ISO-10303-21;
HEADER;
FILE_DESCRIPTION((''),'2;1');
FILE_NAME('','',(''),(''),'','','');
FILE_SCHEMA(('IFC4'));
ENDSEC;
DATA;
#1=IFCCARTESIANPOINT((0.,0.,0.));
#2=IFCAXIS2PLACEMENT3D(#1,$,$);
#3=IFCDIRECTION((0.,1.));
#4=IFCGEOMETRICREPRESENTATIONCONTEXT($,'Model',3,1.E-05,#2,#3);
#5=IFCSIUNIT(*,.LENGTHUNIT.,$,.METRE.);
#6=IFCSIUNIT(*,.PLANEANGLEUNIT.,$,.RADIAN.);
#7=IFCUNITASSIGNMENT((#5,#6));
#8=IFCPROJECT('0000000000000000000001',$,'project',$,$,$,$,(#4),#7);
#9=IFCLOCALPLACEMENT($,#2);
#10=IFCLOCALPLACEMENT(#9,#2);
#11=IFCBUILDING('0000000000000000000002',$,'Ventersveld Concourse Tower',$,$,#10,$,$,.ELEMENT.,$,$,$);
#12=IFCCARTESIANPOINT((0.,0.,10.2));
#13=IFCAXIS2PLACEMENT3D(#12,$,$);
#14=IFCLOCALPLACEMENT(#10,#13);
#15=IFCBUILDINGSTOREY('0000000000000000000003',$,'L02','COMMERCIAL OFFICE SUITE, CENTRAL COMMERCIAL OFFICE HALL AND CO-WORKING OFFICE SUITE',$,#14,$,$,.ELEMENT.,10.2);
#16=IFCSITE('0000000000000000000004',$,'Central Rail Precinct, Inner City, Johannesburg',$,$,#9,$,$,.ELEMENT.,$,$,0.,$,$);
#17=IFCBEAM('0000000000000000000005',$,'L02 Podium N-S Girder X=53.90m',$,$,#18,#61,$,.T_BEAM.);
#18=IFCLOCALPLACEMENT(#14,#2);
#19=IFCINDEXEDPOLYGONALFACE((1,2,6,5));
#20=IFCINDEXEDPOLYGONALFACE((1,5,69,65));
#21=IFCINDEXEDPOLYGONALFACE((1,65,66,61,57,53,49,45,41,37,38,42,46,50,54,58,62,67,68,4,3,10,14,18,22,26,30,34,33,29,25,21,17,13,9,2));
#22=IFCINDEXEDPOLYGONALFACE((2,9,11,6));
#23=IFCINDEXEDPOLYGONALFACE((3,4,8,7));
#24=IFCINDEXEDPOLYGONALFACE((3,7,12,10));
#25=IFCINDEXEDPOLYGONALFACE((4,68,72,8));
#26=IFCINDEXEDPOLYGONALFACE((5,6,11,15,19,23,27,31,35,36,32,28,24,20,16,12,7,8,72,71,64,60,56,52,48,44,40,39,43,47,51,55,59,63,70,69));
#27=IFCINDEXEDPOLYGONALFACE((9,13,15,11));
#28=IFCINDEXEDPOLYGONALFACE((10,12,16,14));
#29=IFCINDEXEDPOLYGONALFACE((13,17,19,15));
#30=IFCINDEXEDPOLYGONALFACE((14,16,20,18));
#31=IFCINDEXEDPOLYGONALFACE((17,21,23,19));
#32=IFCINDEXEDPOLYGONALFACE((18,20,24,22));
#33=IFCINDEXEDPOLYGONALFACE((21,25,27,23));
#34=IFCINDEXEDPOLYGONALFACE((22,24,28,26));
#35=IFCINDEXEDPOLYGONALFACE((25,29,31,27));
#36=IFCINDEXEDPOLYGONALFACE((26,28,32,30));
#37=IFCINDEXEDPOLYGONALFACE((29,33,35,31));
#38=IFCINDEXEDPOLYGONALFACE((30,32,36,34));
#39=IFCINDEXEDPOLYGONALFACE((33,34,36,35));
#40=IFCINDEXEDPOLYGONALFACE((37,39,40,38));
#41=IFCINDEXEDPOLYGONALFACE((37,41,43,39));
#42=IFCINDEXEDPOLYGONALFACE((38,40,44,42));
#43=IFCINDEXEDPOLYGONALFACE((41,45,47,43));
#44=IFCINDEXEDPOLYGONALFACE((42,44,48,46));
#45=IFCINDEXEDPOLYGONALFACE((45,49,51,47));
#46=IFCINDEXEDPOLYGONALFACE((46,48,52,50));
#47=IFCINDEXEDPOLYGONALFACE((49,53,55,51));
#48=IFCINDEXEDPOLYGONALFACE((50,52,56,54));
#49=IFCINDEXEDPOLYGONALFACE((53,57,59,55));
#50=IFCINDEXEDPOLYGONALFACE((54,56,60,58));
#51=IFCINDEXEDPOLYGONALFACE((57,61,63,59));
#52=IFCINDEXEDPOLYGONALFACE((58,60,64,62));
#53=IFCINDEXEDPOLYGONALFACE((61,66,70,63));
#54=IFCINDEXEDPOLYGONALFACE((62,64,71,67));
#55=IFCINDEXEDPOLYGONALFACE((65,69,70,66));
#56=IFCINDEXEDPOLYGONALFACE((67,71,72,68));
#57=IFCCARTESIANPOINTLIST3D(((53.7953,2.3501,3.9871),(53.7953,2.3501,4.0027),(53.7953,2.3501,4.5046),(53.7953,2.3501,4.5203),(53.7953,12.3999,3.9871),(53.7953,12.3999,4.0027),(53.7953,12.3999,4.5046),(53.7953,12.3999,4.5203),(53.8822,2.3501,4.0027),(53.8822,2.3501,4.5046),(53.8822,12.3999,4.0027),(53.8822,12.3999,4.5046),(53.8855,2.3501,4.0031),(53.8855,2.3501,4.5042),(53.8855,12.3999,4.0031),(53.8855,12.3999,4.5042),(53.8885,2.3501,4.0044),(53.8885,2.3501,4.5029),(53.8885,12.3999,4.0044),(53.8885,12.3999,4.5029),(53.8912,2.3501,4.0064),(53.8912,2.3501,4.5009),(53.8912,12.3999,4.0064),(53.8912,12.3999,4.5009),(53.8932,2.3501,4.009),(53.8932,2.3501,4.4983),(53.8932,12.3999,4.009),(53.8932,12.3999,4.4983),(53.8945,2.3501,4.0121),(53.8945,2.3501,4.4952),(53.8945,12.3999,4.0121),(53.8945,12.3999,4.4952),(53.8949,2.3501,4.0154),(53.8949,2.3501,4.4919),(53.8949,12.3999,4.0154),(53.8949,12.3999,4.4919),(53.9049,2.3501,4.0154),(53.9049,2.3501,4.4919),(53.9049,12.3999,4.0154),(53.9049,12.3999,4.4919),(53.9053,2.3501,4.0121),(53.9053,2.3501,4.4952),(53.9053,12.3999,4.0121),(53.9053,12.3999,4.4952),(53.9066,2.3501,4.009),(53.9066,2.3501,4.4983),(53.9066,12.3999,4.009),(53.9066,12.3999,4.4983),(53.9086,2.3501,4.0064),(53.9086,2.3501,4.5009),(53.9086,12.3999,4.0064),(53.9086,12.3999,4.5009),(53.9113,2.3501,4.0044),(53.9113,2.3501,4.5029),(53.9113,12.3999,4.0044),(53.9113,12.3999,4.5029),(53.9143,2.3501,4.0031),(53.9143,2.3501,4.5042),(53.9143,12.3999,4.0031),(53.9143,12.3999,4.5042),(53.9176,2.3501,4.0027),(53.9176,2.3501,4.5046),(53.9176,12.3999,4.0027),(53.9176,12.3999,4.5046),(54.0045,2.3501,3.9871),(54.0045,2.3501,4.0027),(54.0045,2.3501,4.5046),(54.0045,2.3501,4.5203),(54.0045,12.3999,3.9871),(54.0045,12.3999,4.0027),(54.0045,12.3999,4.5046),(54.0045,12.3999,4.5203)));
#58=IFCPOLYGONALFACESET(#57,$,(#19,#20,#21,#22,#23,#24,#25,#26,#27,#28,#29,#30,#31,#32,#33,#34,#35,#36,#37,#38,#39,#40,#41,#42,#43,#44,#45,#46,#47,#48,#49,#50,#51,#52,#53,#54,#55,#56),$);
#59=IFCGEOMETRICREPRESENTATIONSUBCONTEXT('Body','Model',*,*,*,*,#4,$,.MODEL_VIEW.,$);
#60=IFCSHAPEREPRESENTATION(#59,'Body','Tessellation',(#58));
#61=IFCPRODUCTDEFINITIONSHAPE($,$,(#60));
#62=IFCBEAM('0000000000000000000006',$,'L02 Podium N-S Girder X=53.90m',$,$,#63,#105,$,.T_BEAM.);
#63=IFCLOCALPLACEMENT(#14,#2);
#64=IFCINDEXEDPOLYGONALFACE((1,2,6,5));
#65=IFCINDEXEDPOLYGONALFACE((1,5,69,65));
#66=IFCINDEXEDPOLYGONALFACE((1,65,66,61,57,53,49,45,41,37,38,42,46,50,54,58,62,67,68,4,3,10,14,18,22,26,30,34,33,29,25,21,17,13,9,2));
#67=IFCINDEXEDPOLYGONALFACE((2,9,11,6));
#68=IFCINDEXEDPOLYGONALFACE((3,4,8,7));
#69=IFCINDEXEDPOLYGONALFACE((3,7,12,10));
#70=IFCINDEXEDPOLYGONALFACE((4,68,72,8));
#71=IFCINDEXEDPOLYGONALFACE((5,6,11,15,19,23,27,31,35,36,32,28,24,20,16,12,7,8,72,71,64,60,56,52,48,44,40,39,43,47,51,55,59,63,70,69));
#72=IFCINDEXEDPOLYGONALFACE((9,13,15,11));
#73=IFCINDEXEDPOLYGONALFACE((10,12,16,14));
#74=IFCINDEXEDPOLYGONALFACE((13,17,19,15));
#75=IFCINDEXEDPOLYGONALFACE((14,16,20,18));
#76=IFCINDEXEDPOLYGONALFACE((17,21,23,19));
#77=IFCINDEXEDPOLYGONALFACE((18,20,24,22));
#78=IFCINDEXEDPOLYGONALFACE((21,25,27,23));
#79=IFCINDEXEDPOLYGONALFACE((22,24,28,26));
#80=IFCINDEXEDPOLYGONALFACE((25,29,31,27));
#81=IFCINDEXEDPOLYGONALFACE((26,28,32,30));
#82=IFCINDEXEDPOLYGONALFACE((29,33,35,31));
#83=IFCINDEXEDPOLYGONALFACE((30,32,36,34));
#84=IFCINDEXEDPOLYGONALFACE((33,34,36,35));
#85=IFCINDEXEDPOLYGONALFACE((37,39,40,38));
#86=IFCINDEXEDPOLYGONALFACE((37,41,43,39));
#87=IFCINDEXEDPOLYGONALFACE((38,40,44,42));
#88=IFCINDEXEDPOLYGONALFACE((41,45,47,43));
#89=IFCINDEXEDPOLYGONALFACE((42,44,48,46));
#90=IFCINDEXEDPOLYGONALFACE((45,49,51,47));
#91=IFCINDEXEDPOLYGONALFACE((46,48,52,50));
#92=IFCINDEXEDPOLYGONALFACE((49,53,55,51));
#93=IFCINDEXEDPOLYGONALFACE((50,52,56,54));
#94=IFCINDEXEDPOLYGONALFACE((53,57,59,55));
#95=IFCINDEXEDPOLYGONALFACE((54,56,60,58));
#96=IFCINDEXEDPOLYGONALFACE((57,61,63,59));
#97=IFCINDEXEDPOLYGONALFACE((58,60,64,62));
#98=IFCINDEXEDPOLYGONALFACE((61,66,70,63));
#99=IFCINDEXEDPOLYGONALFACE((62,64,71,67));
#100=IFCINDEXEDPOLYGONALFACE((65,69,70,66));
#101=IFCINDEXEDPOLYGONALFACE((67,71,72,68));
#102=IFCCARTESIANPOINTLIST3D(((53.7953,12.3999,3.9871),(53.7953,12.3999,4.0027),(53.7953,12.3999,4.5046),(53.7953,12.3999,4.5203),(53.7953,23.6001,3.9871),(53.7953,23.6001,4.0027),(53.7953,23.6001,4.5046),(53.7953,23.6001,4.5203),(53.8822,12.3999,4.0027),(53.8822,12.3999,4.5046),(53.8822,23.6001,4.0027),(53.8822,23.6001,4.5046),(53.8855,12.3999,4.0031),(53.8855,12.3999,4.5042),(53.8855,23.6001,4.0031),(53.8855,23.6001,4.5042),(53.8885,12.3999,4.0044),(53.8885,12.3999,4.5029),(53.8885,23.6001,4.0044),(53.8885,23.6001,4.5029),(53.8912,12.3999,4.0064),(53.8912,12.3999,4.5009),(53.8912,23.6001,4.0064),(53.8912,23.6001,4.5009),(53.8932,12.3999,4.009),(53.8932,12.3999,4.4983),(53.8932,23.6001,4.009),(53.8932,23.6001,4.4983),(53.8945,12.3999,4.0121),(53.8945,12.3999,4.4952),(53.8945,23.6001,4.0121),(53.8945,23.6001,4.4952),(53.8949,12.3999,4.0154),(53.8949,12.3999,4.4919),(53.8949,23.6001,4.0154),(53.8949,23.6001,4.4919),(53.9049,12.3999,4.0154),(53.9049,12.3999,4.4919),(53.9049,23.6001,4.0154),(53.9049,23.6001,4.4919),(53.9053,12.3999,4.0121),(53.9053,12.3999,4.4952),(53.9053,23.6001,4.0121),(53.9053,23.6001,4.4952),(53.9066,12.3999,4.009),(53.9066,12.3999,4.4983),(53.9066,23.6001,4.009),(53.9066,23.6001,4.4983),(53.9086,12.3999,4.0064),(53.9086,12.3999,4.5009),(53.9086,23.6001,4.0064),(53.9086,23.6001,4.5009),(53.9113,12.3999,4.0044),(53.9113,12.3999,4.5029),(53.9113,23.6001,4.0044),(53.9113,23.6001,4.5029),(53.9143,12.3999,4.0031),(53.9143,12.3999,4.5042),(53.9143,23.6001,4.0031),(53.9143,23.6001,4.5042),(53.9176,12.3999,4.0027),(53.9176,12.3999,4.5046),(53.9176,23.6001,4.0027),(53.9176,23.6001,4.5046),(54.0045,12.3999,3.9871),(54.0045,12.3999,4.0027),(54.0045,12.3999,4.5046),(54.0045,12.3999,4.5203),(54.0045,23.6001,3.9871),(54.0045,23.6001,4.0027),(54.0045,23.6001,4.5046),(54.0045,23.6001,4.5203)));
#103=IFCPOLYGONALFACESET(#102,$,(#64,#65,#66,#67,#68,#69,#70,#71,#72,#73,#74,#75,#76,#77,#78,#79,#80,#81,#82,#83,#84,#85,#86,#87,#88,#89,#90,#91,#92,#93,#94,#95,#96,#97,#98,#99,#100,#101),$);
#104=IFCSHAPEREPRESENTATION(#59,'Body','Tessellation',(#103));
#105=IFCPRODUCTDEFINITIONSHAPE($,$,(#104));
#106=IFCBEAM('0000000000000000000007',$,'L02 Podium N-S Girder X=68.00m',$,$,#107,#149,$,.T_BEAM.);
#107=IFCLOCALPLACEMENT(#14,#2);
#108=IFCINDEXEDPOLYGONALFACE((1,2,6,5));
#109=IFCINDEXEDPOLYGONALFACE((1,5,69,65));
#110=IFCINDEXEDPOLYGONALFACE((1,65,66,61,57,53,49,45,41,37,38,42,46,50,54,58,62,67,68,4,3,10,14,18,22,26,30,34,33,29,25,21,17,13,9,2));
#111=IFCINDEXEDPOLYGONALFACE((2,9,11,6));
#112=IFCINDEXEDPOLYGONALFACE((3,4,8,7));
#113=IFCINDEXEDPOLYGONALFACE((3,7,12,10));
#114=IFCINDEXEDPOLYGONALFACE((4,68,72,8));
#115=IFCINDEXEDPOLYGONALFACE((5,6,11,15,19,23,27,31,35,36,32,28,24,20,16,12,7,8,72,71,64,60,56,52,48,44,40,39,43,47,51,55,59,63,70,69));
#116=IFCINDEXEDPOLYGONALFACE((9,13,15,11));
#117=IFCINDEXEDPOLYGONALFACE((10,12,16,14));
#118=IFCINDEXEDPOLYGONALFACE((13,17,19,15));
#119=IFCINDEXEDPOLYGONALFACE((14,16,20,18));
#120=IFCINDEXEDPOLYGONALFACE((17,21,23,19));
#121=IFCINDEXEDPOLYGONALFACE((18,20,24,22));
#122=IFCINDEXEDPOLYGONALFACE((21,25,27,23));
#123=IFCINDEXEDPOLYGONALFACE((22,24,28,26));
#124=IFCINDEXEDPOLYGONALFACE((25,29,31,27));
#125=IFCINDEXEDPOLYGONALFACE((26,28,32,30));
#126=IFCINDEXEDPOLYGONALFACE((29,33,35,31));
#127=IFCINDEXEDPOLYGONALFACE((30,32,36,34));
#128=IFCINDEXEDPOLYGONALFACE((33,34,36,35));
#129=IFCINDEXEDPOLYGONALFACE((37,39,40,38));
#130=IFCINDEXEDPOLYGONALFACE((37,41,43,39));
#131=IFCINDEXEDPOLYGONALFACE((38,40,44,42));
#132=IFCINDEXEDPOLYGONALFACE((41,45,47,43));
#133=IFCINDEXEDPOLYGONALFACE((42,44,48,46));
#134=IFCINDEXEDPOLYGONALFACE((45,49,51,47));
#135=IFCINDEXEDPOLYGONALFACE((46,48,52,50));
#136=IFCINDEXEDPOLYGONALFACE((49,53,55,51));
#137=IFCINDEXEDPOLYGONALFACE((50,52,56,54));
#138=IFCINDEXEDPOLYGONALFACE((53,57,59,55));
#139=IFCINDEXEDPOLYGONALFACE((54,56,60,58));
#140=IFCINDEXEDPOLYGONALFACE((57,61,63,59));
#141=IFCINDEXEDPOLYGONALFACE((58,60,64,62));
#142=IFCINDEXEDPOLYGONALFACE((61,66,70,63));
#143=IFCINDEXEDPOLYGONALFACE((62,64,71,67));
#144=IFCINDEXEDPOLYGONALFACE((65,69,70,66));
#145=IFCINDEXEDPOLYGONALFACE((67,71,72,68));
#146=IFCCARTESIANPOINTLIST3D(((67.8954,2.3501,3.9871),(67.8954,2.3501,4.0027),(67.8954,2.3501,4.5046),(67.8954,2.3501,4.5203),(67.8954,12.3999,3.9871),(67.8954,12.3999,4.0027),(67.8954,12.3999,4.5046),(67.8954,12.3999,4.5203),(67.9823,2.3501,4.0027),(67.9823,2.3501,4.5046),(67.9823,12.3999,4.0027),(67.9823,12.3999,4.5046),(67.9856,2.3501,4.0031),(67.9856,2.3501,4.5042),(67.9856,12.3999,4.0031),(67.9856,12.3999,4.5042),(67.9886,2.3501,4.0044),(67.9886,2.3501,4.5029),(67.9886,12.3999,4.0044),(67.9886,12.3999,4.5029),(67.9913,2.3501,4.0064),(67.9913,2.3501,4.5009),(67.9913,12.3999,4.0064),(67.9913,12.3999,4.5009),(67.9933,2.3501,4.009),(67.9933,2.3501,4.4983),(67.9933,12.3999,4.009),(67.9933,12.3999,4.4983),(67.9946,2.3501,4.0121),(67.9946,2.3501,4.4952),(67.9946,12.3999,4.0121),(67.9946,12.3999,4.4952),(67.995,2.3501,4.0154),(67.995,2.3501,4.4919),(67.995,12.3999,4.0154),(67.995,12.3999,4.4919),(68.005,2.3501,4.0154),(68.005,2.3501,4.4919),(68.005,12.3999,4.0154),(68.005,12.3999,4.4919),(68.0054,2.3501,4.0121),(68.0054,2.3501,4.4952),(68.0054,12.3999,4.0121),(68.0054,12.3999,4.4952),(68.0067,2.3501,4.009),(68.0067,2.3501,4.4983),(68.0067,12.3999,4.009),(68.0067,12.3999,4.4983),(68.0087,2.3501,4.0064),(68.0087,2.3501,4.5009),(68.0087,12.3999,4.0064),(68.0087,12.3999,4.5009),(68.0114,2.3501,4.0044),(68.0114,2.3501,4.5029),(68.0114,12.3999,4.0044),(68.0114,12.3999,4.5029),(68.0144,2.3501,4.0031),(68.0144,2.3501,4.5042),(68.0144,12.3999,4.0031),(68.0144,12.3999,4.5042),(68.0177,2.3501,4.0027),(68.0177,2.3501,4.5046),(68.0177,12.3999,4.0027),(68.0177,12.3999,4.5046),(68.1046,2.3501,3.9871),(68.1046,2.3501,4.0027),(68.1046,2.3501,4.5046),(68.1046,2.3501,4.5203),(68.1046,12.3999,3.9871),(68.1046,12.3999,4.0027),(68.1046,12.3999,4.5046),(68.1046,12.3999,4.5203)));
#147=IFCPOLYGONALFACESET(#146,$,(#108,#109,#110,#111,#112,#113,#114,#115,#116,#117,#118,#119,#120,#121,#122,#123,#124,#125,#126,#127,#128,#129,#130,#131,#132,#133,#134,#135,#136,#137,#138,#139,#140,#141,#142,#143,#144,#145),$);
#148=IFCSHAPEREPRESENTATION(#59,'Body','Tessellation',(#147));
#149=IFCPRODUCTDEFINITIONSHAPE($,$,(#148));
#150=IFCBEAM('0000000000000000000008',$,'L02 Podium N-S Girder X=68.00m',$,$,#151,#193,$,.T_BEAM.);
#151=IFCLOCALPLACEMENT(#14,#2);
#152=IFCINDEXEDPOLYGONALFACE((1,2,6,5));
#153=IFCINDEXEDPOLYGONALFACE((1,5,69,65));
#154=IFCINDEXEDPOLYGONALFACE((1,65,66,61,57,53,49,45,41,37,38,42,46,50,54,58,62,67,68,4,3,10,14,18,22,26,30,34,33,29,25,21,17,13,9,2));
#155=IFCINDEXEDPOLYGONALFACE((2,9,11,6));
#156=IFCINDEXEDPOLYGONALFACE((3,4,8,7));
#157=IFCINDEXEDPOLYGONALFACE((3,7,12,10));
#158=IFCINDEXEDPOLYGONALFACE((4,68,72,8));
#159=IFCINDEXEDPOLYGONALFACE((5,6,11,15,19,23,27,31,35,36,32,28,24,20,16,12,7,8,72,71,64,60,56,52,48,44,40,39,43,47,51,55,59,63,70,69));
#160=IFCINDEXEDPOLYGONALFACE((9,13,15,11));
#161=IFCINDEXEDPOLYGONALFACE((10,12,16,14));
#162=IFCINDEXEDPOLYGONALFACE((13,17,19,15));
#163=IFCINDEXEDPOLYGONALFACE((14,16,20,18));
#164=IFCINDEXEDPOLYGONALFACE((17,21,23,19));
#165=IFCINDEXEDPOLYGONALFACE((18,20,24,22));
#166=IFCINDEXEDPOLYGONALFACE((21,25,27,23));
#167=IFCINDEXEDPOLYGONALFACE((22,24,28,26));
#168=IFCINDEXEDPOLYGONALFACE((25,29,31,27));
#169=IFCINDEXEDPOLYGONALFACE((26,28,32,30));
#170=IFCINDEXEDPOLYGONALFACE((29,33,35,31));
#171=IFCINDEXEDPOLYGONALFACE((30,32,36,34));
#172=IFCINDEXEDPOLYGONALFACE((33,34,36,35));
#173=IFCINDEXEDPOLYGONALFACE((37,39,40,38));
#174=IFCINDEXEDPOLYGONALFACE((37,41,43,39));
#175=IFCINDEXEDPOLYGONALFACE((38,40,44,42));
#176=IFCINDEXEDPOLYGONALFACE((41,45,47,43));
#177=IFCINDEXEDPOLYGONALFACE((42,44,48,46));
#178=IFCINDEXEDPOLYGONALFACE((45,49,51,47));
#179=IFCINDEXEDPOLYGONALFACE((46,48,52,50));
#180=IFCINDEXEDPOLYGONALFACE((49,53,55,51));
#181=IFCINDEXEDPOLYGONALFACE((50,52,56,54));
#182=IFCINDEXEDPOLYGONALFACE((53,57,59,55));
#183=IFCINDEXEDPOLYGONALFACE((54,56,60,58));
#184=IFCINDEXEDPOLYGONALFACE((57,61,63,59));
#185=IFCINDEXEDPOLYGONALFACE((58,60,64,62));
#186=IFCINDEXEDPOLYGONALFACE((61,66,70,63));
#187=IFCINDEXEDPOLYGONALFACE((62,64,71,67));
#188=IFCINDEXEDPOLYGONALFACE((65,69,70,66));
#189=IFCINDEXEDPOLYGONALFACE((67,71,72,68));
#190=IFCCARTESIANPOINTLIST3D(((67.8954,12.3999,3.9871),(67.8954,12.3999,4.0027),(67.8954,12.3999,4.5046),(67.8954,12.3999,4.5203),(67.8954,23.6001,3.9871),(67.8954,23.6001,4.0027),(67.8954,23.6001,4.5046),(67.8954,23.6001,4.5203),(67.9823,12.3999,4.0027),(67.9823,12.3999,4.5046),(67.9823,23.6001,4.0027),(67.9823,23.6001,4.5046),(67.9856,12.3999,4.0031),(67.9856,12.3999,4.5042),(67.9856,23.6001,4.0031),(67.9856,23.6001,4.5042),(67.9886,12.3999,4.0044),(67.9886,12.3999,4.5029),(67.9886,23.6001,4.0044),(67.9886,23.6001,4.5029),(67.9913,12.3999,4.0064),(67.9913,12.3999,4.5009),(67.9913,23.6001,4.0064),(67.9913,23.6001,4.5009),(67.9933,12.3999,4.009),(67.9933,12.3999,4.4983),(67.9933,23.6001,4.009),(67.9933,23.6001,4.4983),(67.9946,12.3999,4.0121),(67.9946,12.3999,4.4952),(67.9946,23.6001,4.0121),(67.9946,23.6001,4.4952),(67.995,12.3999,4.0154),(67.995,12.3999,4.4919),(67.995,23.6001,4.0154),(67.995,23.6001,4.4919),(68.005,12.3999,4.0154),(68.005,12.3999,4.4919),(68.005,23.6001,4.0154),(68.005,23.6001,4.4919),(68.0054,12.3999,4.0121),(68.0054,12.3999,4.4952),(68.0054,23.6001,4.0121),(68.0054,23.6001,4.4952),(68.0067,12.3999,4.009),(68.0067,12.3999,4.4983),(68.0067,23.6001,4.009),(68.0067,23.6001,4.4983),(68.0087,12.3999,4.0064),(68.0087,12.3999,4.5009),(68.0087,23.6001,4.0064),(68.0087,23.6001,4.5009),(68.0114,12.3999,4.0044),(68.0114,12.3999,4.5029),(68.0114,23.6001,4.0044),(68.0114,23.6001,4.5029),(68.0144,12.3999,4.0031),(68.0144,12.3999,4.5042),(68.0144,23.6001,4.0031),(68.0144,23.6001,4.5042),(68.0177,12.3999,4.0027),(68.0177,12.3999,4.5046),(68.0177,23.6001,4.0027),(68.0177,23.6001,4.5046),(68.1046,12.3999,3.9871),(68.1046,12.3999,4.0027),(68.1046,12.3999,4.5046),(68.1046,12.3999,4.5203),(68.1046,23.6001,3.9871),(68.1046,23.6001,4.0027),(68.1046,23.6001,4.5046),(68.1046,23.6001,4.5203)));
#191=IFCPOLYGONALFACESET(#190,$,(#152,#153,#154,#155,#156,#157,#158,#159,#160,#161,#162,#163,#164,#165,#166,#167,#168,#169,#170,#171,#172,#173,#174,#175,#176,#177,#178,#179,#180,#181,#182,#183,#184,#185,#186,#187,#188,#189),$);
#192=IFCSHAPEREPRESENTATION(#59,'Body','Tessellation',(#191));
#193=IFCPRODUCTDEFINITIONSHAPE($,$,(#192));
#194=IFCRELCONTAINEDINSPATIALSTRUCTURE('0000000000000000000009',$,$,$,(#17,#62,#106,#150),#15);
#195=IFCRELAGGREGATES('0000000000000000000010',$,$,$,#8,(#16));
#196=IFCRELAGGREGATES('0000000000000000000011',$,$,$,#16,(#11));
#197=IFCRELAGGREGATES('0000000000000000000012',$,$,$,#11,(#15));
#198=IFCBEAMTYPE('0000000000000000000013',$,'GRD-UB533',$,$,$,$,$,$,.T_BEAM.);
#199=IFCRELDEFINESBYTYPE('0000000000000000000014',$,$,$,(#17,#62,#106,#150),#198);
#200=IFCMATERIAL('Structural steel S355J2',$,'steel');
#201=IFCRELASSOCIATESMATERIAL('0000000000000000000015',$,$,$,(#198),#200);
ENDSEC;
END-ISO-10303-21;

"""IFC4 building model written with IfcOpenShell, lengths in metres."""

from ifc_helpers import new_model, si_unit, direction, frame, origin, origin_2d, place, context, subcontext, project, spatial, i_section, extrude, material, material_profile, profile_set, type_object, element, save


model = new_model("IFC4")

# Units and contexts
model_context = context("Model", 3, precision=1e-05, world=origin(), true_north=direction((0.0, 1.0)))
body_context = subcontext(model_context, "Body", "Model", "MODEL_VIEW")
ifc_project = project(units=[si_unit("LENGTHUNIT", "METRE"), si_unit("PLANEANGLEUNIT", "RADIAN")], contexts=[model_context])

# Site, building, storey
site_placement = place(None, origin())
site = spatial("IfcSite", under=ifc_project, at=site_placement, Name="Central Rail Precinct, Inner City, Johannesburg", CompositionType="ELEMENT", RefElevation=0.0)
building_placement = place(site_placement, origin())
building = spatial("IfcBuilding", under=site, at=building_placement, Name="Ventersveld Concourse Tower", CompositionType="ELEMENT")
storey_placement = place(building_placement, frame((0.0, 0.0, 10.2)))
storey = spatial("IfcBuildingStorey", under=building, at=storey_placement, Name="L02", Description="COMMERCIAL OFFICE SUITE, CENTRAL COMMERCIAL OFFICE HALL AND CO-WORKING OFFICE SUITE", CompositionType="ELEMENT", Elevation=10.2)

# Beams
ifc_material_1 = material(Name="Structural steel S355J2", Category="steel")
ifc_material_profile_1 = material_profile(ifc_material_1, i_section(OverallWidth=0.2092, OverallDepth=0.5332, WebThickness=0.01, FlangeThickness=0.0156, FilletRadius=0.0127, at=origin_2d()), Name="UB 533x210x92")
ifc_profile_set_1 = profile_set([ifc_material_profile_1], Name="Structural steel S355J2")
beam_type_1 = type_object("IfcBeamType", Name="GRD-UB533", PredefinedType="T_BEAM", material=ifc_profile_set_1)
beam_1_placement = place(storey_placement, frame((53.8999, 2.3501, 4.2537), z_axis=(0.0, 1.0, 0.0), x_axis=(-1.0, 0.0, 0.0)))
element("IfcBeam", 1, at=beam_1_placement, inside=storey, type_object=beam_type_1, Name="L02 Podium N-S Girder X=53.90m", PredefinedType="T_BEAM", context=body_context, shape_type="SweptSolid", body=[
    extrude(i_section(OverallWidth=0.2092, OverallDepth=0.5332, WebThickness=0.01, FlangeThickness=0.0156, FilletRadius=0.0127, at=origin_2d()), origin(), (0.0, 0.0, 1.0), 10.0498),
])
beam_2_placement = place(storey_placement, frame((53.8999, 12.3999, 4.2537), z_axis=(0.0, 1.0, 0.0), x_axis=(-1.0, 0.0, 0.0)))
element("IfcBeam", 2, at=beam_2_placement, inside=storey, type_object=beam_type_1, Name="L02 Podium N-S Girder X=53.90m", PredefinedType="T_BEAM", context=body_context, shape_type="SweptSolid", body=[
    extrude(i_section(OverallWidth=0.2092, OverallDepth=0.5332, WebThickness=0.01, FlangeThickness=0.0156, FilletRadius=0.0127, at=origin_2d()), origin(), (0.0, 0.0, 1.0), 11.2002),
])
beam_3_placement = place(storey_placement, frame((68.0, 2.3501, 4.2537), z_axis=(0.0, 1.0, 0.0), x_axis=(-1.0, 0.0, 0.0)))
element("IfcBeam", 3, at=beam_3_placement, inside=storey, type_object=beam_type_1, Name="L02 Podium N-S Girder X=68.00m", PredefinedType="T_BEAM", context=body_context, shape_type="SweptSolid", body=[
    extrude(i_section(OverallWidth=0.2092, OverallDepth=0.5332, WebThickness=0.01, FlangeThickness=0.0156, FilletRadius=0.0127, at=origin_2d()), origin(), (0.0, 0.0, 1.0), 10.0498),
])
beam_4_placement = place(storey_placement, frame((68.0, 12.3999, 4.2537), z_axis=(0.0, 1.0, 0.0), x_axis=(-1.0, 0.0, 0.0)))
element("IfcBeam", 4, at=beam_4_placement, inside=storey, type_object=beam_type_1, Name="L02 Podium N-S Girder X=68.00m", PredefinedType="T_BEAM", context=body_context, shape_type="SweptSolid", body=[
    extrude(i_section(OverallWidth=0.2092, OverallDepth=0.5332, WebThickness=0.01, FlangeThickness=0.0156, FilletRadius=0.0127, at=origin_2d()), origin(), (0.0, 0.0, 1.0), 11.2002),
])

save(model, "model.ifc")
